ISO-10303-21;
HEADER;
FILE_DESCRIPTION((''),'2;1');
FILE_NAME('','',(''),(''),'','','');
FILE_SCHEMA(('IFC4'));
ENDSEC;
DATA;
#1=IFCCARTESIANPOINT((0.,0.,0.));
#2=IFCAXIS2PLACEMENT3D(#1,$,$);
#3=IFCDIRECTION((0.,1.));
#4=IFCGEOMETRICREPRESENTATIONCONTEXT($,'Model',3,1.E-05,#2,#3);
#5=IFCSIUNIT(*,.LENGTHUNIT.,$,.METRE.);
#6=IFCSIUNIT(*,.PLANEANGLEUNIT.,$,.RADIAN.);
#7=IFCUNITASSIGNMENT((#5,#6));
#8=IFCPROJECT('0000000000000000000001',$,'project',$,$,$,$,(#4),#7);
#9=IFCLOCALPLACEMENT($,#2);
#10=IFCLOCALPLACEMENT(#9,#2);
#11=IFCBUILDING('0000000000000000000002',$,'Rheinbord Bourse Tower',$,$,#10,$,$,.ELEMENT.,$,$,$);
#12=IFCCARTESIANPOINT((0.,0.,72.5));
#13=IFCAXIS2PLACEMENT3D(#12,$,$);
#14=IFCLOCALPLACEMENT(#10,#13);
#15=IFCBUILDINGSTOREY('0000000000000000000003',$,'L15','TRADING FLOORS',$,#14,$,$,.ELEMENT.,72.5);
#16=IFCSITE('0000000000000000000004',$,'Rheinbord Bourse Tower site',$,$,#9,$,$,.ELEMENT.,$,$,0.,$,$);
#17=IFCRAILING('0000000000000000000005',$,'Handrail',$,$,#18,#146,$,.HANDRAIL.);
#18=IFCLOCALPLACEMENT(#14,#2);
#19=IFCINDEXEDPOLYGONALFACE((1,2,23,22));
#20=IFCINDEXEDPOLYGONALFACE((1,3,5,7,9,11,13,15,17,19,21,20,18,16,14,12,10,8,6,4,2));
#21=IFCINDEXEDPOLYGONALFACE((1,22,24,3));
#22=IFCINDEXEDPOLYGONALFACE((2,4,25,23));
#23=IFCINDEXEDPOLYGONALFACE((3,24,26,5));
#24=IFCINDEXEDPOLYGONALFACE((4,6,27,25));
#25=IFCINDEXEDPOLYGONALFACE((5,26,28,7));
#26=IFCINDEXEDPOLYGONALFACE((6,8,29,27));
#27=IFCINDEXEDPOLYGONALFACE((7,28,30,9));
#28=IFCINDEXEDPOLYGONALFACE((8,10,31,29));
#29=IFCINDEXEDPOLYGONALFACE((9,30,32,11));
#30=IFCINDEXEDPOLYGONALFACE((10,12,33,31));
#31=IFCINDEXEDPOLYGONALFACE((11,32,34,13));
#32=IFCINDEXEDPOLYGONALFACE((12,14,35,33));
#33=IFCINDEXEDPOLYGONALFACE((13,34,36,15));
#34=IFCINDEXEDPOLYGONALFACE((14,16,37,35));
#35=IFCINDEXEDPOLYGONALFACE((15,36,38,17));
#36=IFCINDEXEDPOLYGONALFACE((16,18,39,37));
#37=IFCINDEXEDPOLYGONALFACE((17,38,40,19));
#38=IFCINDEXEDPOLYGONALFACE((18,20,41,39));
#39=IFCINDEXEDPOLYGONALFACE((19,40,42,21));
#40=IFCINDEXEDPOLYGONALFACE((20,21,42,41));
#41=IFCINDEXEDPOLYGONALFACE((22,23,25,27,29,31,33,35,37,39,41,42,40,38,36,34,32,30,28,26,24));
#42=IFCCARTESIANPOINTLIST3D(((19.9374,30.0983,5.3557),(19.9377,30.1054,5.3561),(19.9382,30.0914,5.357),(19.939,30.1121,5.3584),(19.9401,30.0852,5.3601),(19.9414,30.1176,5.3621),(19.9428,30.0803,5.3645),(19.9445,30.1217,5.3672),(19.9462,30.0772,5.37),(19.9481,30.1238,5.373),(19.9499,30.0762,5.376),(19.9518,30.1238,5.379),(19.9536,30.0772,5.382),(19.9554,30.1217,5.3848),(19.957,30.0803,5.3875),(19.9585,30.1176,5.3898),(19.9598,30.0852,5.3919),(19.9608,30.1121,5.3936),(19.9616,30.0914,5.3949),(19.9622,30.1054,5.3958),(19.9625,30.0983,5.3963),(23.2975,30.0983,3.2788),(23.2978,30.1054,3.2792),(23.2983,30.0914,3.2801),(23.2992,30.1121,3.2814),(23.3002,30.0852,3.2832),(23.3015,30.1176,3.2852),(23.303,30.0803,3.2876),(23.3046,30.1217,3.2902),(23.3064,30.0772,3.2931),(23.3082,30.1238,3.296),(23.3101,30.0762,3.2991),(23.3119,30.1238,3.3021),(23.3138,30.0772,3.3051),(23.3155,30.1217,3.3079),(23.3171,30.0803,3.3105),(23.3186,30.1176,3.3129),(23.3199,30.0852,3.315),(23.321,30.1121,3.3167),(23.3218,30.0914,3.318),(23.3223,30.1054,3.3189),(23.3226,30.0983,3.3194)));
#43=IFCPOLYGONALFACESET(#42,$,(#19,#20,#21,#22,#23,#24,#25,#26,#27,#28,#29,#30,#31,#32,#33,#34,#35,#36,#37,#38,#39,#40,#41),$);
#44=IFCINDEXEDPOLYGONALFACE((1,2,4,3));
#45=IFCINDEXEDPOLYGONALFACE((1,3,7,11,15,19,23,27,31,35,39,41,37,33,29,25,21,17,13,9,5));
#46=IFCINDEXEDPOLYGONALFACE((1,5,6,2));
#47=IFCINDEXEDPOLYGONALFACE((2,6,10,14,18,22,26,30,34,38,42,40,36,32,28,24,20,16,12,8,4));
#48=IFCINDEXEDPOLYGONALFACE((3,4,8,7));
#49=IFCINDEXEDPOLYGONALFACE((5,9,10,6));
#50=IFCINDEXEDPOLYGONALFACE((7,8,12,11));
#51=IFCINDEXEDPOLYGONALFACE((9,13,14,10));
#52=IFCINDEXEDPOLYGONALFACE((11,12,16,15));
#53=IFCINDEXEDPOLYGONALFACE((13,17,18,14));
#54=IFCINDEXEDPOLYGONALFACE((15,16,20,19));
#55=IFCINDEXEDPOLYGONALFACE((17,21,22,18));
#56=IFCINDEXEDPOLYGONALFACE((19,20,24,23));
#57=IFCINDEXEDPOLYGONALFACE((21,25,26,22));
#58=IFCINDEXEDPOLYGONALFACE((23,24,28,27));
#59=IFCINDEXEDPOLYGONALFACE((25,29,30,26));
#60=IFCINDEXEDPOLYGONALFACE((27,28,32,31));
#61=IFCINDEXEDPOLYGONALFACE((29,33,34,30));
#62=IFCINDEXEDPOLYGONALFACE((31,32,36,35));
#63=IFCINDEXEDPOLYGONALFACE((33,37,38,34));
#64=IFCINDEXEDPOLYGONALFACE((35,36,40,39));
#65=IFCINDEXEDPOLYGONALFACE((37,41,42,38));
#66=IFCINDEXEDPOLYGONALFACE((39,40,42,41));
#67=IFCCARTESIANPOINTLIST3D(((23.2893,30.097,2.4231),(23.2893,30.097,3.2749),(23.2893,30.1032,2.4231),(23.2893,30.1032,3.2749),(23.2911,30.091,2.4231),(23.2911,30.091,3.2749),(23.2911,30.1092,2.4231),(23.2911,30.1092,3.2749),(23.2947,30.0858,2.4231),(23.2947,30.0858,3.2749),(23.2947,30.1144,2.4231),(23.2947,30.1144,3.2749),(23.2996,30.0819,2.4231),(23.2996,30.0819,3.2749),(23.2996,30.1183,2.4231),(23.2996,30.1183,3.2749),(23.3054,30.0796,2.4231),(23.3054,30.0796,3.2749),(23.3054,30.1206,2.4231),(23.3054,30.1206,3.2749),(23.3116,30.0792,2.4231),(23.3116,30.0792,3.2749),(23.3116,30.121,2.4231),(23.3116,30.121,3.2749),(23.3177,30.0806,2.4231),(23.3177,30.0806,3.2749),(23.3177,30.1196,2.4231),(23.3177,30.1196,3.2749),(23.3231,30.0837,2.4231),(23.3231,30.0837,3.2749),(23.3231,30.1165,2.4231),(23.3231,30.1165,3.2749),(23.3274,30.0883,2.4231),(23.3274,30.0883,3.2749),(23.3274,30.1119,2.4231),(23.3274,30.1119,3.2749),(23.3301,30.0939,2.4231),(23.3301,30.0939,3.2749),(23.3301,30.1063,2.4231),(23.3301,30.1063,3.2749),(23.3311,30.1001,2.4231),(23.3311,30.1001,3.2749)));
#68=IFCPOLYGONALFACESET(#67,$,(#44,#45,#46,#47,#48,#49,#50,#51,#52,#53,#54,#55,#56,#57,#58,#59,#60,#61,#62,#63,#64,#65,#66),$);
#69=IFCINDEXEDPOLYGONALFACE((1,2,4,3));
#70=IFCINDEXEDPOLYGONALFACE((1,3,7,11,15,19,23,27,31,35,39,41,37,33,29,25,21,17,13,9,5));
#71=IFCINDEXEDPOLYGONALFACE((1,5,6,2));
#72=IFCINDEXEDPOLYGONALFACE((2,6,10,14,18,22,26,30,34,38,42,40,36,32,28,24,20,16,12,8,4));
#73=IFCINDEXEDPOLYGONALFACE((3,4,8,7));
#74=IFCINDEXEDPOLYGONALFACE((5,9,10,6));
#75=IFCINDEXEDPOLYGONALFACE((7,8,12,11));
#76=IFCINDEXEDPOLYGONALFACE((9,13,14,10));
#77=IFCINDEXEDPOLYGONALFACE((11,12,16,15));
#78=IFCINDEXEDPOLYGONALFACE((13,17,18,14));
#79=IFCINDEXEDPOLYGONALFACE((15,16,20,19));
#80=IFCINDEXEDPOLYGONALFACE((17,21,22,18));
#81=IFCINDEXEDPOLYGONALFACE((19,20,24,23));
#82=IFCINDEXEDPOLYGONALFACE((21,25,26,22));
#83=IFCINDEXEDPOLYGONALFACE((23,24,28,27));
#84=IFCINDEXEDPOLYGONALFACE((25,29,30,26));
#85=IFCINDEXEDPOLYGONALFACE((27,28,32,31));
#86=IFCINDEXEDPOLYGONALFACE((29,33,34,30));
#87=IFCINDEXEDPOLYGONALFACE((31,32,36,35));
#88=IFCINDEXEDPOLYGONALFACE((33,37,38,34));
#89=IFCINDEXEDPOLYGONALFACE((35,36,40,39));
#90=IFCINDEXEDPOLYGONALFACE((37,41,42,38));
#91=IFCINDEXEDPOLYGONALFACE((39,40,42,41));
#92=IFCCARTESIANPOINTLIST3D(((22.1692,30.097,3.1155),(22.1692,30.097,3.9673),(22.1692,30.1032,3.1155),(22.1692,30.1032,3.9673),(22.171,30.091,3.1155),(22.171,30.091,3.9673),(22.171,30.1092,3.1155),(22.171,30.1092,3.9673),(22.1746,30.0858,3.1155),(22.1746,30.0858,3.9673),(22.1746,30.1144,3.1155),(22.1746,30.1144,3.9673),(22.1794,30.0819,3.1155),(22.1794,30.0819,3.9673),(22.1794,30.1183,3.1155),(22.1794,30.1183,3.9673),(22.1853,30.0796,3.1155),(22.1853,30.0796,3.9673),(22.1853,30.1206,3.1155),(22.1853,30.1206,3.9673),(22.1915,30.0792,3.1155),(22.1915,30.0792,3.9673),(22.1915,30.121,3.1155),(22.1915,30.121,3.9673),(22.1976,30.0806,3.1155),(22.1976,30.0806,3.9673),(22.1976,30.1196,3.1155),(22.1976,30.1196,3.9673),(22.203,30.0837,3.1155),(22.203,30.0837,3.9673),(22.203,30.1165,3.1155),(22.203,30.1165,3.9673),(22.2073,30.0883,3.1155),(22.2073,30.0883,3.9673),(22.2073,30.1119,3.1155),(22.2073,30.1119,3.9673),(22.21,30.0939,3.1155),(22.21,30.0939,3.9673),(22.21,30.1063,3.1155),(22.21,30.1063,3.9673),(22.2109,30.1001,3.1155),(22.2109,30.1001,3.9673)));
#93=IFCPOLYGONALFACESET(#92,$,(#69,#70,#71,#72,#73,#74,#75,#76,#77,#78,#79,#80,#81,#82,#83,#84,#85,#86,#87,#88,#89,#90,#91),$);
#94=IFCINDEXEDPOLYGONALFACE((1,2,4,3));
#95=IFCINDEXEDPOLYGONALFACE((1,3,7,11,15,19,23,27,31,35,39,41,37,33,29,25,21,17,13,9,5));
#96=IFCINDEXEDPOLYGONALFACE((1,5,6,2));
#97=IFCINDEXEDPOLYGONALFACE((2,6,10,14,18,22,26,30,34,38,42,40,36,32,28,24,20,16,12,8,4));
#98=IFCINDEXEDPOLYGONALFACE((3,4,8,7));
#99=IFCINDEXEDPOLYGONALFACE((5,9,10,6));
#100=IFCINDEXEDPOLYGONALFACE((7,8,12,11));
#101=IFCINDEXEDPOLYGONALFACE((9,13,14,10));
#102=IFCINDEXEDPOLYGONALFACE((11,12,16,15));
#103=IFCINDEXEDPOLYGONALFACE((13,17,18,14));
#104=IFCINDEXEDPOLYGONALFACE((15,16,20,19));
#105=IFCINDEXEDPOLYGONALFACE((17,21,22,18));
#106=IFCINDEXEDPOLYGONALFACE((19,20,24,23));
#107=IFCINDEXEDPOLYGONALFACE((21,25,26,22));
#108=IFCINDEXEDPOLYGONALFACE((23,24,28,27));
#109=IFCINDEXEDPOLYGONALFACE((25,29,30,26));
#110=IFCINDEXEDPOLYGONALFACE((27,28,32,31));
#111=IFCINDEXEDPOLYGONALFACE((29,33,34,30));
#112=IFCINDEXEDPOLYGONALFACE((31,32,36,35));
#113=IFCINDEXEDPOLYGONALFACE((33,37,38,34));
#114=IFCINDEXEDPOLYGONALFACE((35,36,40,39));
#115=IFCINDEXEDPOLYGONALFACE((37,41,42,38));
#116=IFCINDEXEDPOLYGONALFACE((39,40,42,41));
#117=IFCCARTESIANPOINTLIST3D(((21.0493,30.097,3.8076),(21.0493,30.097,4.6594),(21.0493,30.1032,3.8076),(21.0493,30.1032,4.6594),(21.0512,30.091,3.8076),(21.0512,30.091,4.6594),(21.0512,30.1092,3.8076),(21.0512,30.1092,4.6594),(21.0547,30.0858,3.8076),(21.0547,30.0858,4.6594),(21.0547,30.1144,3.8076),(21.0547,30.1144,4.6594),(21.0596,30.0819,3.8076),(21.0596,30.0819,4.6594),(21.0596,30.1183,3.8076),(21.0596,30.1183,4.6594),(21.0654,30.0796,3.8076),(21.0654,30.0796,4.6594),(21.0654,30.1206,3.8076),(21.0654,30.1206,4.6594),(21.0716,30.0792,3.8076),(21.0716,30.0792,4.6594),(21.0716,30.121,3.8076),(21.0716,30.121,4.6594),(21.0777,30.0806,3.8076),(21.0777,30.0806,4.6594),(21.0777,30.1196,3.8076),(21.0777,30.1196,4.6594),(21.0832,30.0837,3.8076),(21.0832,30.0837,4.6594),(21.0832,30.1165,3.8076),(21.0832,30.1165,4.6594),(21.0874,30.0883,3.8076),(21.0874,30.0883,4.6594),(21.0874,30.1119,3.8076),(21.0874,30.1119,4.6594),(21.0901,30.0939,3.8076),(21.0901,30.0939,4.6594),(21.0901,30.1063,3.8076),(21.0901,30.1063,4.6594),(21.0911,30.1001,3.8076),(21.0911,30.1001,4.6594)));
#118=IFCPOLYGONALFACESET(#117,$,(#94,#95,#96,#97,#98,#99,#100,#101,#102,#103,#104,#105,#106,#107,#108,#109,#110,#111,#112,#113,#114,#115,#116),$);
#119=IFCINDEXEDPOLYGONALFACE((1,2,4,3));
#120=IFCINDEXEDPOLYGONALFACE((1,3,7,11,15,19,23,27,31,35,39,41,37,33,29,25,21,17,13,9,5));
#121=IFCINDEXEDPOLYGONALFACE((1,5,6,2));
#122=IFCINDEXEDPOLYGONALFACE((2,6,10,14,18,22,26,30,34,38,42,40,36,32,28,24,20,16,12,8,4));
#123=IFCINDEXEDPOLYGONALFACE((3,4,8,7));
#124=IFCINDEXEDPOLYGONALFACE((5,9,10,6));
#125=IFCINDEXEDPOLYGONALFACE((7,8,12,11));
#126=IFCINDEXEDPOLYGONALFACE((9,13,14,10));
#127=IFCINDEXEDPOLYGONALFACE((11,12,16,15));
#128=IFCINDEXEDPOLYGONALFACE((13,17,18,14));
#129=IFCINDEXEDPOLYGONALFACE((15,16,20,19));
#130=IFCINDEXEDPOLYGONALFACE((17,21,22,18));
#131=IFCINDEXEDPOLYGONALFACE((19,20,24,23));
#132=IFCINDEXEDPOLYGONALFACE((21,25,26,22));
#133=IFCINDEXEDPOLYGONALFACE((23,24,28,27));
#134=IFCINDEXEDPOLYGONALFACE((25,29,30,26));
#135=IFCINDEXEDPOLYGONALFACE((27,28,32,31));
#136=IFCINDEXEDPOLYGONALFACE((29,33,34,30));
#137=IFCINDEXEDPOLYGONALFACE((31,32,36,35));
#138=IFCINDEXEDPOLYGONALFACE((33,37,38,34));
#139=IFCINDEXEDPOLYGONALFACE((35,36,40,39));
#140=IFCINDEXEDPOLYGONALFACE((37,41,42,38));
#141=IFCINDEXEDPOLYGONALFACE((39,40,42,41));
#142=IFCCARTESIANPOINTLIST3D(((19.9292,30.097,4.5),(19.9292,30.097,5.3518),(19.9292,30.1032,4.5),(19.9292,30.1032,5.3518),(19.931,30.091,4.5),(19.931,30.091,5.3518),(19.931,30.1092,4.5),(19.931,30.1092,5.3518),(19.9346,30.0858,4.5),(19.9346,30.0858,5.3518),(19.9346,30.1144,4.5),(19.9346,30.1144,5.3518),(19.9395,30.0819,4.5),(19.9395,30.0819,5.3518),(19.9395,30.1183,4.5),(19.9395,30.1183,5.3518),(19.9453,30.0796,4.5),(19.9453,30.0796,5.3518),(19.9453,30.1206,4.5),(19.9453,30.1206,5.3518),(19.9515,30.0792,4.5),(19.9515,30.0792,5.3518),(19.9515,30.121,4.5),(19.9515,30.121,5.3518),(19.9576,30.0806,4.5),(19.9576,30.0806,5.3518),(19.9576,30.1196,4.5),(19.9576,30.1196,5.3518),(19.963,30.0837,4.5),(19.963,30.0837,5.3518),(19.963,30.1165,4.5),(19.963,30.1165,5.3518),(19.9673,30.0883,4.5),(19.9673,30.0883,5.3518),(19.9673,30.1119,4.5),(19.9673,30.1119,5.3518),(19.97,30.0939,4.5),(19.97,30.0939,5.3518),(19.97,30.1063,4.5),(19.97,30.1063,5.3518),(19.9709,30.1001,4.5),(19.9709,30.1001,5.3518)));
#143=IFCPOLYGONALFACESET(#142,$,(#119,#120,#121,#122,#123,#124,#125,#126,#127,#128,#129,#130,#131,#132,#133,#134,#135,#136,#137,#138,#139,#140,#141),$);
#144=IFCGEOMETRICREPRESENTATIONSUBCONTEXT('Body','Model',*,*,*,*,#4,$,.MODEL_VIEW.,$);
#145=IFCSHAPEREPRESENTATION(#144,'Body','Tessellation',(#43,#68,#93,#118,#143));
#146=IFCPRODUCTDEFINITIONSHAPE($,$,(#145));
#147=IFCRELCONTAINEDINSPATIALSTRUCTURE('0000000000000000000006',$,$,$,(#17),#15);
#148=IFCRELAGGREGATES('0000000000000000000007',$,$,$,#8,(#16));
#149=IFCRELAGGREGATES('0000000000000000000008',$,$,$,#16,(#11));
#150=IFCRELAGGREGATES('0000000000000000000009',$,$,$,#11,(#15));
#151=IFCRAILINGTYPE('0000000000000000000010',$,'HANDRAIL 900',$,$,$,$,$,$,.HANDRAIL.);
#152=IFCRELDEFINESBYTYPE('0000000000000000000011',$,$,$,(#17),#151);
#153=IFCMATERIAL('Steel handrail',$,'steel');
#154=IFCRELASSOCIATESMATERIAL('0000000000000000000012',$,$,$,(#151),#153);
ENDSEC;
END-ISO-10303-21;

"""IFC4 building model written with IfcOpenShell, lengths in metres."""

from ifc_helpers import new_model, si_unit, direction, frame, origin, origin_2d, place, context, subcontext, project, spatial, circle, extrude, material, type_object, element, save


model = new_model("IFC4")

# Units and contexts
model_context = context("Model", 3, precision=1e-05, world=origin(), true_north=direction((0.0, 1.0)))
body_context = subcontext(model_context, "Body", "Model", "MODEL_VIEW")
ifc_project = project(units=[si_unit("LENGTHUNIT", "METRE"), si_unit("PLANEANGLEUNIT", "RADIAN")], contexts=[model_context])

# Site, building, storey
site_placement = place(None, origin())
site = spatial("IfcSite", under=ifc_project, at=site_placement, Name="Rheinbord Bourse Tower site", CompositionType="ELEMENT", RefElevation=0.0)
building_placement = place(site_placement, origin())
building = spatial("IfcBuilding", under=site, at=building_placement, Name="Rheinbord Bourse Tower", CompositionType="ELEMENT")
storey_placement = place(building_placement, frame((0.0, 0.0, 72.5)))
storey = spatial("IfcBuildingStorey", under=building, at=storey_placement, Name="L15", Description="TRADING FLOORS", CompositionType="ELEMENT", Elevation=72.5)

# Railing
ifc_material_1 = material(Name="Steel handrail", Category="steel")
railing_type = type_object("IfcRailingType", Name="HANDRAIL 900", PredefinedType="HANDRAIL", material=ifc_material_1)
railing_1_placement = place(storey_placement, frame((23.3101, 30.1001, 2.4231)))
element("IfcRailing", 1, at=railing_1_placement, inside=storey, type_object=railing_type, Name="Handrail", PredefinedType="HANDRAIL", context=body_context, shape_type="SweptSolid", body=[
    extrude(circle(Radius=0.0239, at=origin_2d()), frame((0.0, 0.0, 0.876), z_axis=(-0.850623, 0.0, 0.525776), x_axis=(0.0, -1.0, 0.0)), (0.0, 0.0, 1.0), 3.9502),
    extrude(circle(Radius=0.021, at=origin_2d()), origin(), (0.0, 0.0, 1.0), 0.8518),
    extrude(circle(Radius=0.021, at=origin_2d()), frame((-1.1201, 0.0, 0.6924)), (0.0, 0.0, 1.0), 0.8518),
    extrude(circle(Radius=0.021, at=origin_2d()), frame((-2.24, 0.0, 1.3845)), (0.0, 0.0, 1.0), 0.8518),
    extrude(circle(Radius=0.021, at=origin_2d()), frame((-3.3601, 0.0, 2.0769)), (0.0, 0.0, 1.0), 0.8518),
])

save(model, "model.ifc")
